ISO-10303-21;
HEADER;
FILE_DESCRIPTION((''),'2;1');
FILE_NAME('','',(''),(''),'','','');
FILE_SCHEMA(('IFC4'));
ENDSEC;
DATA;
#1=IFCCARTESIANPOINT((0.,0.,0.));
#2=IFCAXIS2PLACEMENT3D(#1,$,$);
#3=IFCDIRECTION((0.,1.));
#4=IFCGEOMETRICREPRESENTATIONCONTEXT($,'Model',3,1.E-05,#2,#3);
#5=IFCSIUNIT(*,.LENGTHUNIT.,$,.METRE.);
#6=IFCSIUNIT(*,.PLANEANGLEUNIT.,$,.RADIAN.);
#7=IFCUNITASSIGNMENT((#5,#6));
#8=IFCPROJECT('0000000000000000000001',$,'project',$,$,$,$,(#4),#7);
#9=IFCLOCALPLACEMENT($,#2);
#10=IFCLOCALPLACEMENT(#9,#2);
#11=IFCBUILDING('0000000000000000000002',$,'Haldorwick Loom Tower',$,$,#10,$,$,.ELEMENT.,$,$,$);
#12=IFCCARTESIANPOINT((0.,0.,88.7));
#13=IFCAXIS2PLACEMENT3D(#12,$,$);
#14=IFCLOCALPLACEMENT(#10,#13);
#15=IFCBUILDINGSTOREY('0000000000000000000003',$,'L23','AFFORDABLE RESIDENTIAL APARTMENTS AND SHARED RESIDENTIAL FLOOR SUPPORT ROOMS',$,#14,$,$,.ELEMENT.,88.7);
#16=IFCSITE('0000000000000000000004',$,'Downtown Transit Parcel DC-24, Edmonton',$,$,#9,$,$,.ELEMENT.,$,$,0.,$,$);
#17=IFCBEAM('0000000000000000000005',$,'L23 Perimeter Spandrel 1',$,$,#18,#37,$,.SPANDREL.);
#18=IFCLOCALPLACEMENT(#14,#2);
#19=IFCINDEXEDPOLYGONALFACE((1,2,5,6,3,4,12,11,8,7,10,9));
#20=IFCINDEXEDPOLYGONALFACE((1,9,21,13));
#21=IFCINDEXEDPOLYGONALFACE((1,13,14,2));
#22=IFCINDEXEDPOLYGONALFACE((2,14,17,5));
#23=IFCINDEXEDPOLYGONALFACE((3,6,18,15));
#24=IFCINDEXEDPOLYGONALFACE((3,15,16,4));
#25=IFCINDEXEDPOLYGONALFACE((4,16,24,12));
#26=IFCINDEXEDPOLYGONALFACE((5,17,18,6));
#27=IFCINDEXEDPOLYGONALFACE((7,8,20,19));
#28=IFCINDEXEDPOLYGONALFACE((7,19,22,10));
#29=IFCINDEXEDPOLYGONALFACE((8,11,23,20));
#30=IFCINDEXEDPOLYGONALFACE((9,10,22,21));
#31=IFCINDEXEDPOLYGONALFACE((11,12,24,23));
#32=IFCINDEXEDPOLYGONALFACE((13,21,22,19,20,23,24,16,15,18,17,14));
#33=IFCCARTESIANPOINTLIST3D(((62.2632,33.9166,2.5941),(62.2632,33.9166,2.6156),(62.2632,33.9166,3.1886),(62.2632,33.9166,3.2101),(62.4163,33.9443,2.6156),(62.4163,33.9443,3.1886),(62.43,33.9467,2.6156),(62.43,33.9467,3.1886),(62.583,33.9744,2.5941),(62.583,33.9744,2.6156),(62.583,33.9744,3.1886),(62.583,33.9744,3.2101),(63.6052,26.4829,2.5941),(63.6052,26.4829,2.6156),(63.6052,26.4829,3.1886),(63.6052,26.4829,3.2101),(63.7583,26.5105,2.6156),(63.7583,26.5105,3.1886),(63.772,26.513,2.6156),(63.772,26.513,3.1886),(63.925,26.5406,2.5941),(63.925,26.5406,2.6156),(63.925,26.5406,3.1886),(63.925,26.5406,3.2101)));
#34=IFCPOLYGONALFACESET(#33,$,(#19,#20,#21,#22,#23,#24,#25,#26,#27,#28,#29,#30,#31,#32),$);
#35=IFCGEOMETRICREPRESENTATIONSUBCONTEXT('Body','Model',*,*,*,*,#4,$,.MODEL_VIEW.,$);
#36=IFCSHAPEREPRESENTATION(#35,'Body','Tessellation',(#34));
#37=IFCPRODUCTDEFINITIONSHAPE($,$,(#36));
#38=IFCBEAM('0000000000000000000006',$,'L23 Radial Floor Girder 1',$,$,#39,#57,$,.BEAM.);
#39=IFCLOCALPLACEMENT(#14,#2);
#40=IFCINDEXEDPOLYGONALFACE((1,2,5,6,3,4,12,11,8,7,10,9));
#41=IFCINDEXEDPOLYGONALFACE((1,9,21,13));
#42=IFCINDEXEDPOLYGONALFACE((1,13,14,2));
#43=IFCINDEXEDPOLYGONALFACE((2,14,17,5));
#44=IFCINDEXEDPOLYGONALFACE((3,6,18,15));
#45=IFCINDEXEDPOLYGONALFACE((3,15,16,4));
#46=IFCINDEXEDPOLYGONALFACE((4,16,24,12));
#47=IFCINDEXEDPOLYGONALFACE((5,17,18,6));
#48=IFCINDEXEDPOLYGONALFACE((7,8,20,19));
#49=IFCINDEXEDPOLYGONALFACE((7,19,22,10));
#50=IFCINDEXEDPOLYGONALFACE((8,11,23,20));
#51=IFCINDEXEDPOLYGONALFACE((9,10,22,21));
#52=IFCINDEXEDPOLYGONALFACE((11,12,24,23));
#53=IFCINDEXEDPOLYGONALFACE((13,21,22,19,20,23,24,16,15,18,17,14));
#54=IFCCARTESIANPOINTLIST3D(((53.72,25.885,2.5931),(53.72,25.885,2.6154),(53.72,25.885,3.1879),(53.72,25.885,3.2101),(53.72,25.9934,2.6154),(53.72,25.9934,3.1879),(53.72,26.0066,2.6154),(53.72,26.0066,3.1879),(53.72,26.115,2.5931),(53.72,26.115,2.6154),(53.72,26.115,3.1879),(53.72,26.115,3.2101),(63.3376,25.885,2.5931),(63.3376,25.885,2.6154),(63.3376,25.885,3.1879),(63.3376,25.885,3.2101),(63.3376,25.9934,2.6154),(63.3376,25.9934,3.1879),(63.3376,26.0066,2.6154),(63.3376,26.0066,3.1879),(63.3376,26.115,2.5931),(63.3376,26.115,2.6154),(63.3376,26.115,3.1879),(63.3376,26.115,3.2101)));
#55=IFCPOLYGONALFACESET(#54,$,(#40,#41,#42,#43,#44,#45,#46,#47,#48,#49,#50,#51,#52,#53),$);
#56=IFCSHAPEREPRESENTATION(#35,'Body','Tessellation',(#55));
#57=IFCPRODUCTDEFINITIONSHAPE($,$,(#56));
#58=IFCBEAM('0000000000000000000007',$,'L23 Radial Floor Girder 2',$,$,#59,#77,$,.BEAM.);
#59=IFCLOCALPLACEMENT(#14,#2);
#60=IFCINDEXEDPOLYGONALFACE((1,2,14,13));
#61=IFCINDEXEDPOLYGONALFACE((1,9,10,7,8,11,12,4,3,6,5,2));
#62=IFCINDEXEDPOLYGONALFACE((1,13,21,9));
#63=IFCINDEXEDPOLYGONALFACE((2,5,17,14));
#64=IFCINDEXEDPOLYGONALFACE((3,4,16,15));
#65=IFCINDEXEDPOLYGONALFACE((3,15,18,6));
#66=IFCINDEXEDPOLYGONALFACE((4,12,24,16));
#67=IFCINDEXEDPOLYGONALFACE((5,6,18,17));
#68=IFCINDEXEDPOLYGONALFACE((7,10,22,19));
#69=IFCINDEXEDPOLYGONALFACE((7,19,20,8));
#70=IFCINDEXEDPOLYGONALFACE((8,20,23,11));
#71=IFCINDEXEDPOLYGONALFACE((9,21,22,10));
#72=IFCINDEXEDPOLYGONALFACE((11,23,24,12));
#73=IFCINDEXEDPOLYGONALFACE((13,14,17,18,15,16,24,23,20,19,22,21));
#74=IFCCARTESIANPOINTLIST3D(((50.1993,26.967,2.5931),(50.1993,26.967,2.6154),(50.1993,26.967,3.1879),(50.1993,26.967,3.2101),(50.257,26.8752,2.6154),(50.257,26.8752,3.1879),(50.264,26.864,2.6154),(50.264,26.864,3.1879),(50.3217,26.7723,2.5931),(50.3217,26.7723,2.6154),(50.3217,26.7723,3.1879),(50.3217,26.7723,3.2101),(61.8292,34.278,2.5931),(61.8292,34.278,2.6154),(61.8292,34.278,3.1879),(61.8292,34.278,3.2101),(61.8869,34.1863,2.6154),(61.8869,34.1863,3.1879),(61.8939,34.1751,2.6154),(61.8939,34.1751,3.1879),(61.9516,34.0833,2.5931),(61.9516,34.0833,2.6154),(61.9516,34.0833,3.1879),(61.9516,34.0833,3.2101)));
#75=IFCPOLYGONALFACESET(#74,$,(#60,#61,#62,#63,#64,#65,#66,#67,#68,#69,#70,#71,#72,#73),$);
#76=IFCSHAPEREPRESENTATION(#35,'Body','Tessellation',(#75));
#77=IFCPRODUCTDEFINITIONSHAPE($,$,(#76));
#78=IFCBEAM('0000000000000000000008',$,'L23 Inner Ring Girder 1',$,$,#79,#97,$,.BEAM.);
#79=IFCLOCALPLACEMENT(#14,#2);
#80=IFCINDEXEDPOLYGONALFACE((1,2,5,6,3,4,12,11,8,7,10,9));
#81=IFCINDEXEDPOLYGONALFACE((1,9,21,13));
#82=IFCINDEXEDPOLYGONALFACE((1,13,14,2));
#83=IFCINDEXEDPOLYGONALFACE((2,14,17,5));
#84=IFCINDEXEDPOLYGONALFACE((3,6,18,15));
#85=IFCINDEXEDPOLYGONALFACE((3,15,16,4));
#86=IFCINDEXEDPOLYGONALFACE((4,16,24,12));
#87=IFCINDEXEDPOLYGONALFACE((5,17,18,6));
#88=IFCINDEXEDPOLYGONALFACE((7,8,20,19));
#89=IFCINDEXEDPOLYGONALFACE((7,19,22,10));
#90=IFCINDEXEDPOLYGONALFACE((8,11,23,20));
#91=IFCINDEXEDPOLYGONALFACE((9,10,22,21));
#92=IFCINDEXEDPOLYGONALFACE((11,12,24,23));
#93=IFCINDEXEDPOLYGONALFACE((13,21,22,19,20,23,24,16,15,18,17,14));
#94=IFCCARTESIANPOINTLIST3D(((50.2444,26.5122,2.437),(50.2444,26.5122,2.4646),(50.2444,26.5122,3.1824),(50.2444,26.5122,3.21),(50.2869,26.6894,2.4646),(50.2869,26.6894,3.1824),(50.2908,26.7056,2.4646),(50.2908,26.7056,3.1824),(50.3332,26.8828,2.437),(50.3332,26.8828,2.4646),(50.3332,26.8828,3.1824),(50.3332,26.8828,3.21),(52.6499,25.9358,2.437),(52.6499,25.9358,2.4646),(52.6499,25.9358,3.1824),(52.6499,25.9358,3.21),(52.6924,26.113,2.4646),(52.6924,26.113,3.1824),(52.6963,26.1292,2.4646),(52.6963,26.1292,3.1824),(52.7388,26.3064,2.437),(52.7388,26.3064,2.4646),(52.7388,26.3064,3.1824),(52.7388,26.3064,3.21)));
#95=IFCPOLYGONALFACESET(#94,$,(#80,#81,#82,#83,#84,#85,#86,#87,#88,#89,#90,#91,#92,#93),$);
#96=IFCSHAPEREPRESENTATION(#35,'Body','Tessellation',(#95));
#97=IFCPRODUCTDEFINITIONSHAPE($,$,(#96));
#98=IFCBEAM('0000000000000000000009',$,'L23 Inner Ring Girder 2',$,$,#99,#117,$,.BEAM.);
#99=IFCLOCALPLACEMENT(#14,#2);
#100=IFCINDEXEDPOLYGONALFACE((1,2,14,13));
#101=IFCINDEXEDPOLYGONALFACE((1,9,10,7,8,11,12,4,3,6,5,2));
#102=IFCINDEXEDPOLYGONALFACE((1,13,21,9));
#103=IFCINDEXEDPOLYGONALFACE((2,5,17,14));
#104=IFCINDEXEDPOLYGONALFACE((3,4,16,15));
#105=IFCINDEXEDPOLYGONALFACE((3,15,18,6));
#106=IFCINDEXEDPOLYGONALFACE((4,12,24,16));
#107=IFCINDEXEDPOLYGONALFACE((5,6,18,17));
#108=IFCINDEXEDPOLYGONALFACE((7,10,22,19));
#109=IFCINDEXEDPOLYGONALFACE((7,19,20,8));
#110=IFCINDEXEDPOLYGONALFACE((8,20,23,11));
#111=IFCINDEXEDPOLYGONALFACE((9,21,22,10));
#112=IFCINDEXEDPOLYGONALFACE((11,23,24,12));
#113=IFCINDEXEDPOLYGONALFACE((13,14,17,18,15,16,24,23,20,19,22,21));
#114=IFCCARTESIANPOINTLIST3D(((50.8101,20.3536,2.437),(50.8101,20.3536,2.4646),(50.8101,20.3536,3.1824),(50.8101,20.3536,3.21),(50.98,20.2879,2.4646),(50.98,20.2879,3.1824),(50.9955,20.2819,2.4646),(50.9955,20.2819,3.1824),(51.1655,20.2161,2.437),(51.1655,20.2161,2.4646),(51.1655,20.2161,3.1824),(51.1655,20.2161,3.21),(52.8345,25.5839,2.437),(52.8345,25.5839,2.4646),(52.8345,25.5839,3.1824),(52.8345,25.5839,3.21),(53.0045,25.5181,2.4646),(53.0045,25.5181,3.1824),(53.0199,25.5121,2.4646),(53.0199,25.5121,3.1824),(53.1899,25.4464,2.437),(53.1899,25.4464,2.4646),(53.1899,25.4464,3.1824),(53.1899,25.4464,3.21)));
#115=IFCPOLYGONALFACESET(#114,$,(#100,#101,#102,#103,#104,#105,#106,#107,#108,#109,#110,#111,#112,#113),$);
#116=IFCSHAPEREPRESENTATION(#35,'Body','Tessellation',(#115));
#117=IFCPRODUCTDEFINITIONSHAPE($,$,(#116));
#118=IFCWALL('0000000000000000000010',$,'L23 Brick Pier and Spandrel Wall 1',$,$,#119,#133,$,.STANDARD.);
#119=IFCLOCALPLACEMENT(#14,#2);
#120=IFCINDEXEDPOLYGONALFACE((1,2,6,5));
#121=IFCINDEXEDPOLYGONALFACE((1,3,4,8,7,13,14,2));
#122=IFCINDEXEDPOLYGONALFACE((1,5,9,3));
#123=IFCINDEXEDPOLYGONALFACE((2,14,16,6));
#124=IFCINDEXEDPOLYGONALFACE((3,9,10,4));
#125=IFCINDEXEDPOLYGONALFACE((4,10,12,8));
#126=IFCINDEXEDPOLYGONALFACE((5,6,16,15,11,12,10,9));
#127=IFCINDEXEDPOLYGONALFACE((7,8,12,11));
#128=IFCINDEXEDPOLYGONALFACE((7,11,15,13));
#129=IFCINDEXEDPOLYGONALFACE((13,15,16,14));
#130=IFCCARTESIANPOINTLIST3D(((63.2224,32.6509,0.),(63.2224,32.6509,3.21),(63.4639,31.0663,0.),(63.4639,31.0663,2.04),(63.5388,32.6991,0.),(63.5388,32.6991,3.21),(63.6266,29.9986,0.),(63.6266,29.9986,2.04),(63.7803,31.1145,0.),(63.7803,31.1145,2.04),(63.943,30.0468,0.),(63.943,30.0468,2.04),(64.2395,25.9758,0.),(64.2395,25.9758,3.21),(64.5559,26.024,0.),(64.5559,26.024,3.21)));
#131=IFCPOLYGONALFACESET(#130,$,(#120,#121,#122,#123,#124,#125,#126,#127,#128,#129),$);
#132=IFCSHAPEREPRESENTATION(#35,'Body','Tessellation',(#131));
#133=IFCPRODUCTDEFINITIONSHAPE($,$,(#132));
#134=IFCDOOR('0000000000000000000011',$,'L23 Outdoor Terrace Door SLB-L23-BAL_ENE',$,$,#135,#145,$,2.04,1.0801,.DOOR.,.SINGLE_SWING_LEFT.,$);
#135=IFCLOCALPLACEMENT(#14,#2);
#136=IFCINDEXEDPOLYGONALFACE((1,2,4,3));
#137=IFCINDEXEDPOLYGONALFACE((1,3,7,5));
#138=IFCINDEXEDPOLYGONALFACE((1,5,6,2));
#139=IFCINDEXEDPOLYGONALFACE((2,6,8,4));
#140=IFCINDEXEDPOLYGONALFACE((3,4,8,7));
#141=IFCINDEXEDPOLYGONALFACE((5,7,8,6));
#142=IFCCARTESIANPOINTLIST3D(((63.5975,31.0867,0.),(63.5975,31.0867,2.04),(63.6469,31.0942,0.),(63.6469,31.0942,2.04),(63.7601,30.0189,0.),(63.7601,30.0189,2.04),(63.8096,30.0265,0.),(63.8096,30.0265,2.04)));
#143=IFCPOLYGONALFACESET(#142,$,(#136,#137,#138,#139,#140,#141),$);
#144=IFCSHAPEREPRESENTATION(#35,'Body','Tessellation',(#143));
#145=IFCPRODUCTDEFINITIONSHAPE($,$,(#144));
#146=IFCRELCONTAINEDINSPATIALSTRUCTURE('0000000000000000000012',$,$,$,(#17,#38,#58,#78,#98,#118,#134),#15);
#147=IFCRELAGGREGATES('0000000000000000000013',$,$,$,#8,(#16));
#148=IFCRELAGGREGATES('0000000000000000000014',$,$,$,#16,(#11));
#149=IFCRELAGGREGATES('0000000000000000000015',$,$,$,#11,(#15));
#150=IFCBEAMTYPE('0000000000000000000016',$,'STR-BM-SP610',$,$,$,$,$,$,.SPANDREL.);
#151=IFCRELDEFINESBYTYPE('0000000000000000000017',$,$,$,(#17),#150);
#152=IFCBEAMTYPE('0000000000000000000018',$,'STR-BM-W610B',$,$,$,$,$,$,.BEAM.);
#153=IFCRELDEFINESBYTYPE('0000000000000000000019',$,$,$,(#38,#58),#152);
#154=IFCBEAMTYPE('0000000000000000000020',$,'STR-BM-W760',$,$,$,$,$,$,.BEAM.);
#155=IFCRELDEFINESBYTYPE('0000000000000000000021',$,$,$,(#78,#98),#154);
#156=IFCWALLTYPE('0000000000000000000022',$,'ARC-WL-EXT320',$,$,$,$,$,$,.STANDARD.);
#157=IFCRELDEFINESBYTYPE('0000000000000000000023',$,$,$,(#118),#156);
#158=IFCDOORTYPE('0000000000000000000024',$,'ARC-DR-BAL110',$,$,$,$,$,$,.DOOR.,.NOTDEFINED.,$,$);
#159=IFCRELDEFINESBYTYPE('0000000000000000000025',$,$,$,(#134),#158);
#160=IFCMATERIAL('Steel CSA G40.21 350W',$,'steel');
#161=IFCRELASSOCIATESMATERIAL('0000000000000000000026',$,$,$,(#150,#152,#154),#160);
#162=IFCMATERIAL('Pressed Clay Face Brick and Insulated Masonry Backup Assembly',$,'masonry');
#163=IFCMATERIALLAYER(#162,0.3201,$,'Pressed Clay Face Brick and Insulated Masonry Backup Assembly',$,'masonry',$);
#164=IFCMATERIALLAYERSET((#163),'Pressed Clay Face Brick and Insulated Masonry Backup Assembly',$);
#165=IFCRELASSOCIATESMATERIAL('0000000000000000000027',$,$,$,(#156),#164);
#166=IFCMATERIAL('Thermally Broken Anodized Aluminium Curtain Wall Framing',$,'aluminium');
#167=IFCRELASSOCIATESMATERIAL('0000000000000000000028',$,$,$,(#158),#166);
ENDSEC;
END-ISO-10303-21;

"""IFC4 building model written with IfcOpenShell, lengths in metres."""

from ifc_helpers import new_model, si_unit, direction, frame, frame_2d, origin, origin_2d, place, context, subcontext, project, spatial, rectangle, i_section, extrude, material, layer, layer_set, material_profile, profile_set, type_object, element, fill, save


model = new_model("IFC4")

# Units and contexts
model_context = context("Model", 3, precision=1e-05, world=origin(), true_north=direction((0.0, 1.0)))
body_context = subcontext(model_context, "Body", "Model", "MODEL_VIEW")
ifc_project = project(units=[si_unit("LENGTHUNIT", "METRE"), si_unit("PLANEANGLEUNIT", "RADIAN")], contexts=[model_context])

# Site, building, storey
site_placement = place(None, origin())
site = spatial("IfcSite", under=ifc_project, at=site_placement, Name="Downtown Transit Parcel DC-24, Edmonton", CompositionType="ELEMENT", RefElevation=0.0)
building_placement = place(site_placement, origin())
building = spatial("IfcBuilding", under=site, at=building_placement, Name="Haldorwick Loom Tower", CompositionType="ELEMENT")
storey_placement = place(building_placement, frame((0.0, 0.0, 88.7)))
storey = spatial("IfcBuildingStorey", under=building, at=storey_placement, Name="L23", Description="AFFORDABLE RESIDENTIAL APARTMENTS AND SHARED RESIDENTIAL FLOOR SUPPORT ROOMS", CompositionType="ELEMENT", Elevation=88.7)

# Beams
ifc_material_1 = material(Name="Steel CSA G40.21 350W", Category="steel")
ifc_material_profile_1 = material_profile(ifc_material_1, i_section(OverallWidth=0.325, OverallDepth=0.616, WebThickness=0.0139, FlangeThickness=0.0215, at=origin_2d()), Name="W610X174", Category="steel")
ifc_profile_set_1 = profile_set([ifc_material_profile_1], Name="Steel CSA G40.21 350W")
beam_type_1 = type_object("IfcBeamType", Name="STR-BM-SP610", PredefinedType="SPANDREL", material=ifc_profile_set_1)
beam_1_placement = place(storey_placement, frame((63.7651, 26.5117, 2.9021), z_axis=(-0.177659, 0.984092, 0.0), x_axis=(-0.984092, -0.177659, 0.0)))
element("IfcBeam", 1, at=beam_1_placement, inside=storey, type_object=beam_type_1, Name="L23 Perimeter Spandrel 1", PredefinedType="SPANDREL", context=body_context, shape_type="SweptSolid", body=[
    extrude(i_section(OverallWidth=0.325, OverallDepth=0.616, WebThickness=0.0139, FlangeThickness=0.0215, at=origin_2d()), origin(), (0.0, 0.0, 1.0), 7.554),
])
ifc_material_profile_2 = material_profile(ifc_material_1, i_section(OverallWidth=0.23, OverallDepth=0.6169, WebThickness=0.0132, FlangeThickness=0.0222, at=origin_2d()), Name="W610X140", Category="steel")
ifc_profile_set_2 = profile_set([ifc_material_profile_2], Name="Steel CSA G40.21 350W")
beam_type_2 = type_object("IfcBeamType", Name="STR-BM-W610B", PredefinedType="BEAM", material=ifc_profile_set_2)
beam_2_placement = place(storey_placement, frame((53.72, 26.0, 2.9016), z_axis=(1.0, 0.0, 0.0), x_axis=(0.0, 1.0, 0.0)))
element("IfcBeam", 2, at=beam_2_placement, inside=storey, type_object=beam_type_2, Name="L23 Radial Floor Girder 1", PredefinedType="BEAM", context=body_context, shape_type="SweptSolid", body=[
    extrude(i_section(OverallWidth=0.23, OverallDepth=0.6169, WebThickness=0.0132, FlangeThickness=0.0222, at=origin_2d()), origin(), (0.0, 0.0, 1.0), 9.6177),
])
beam_3_placement = place(storey_placement, frame((50.2605, 26.8696, 2.9016), z_axis=(0.84661, 0.532214, 0.0), x_axis=(-0.532214, 0.84661, 0.0)))
element("IfcBeam", 3, at=beam_3_placement, inside=storey, type_object=beam_type_2, Name="L23 Radial Floor Girder 2", PredefinedType="BEAM", context=body_context, shape_type="SweptSolid", body=[
    extrude(i_section(OverallWidth=0.23, OverallDepth=0.6169, WebThickness=0.0132, FlangeThickness=0.0222, at=origin_2d()), origin(), (0.0, 0.0, 1.0), 13.7371),
])
ifc_material_profile_3 = material_profile(ifc_material_1, i_section(OverallWidth=0.3811, OverallDepth=0.7729, WebThickness=0.0166, FlangeThickness=0.0276, at=origin_2d()), Name="W760X257", Category="steel")
ifc_profile_set_3 = profile_set([ifc_material_profile_3], Name="Steel CSA G40.21 350W")
beam_type_3 = type_object("IfcBeamType", Name="STR-BM-W760", PredefinedType="BEAM", material=ifc_profile_set_3)
beam_4_placement = place(storey_placement, frame((50.2888, 26.6975, 2.8235), z_axis=(0.972471, -0.233026, 0.0), x_axis=(0.233026, 0.972471, 0.0)))
element("IfcBeam", 4, at=beam_4_placement, inside=storey, type_object=beam_type_3, Name="L23 Inner Ring Girder 1", PredefinedType="BEAM", context=body_context, shape_type="SweptSolid", body=[
    extrude(i_section(OverallWidth=0.3811, OverallDepth=0.7729, WebThickness=0.0166, FlangeThickness=0.0276, at=origin_2d()), origin(), (0.0, 0.0, 1.0), 2.4736),
])
beam_5_placement = place(storey_placement, frame((53.0122, 25.5151, 2.8235), z_axis=(-0.360965, -0.932579, 0.0), x_axis=(0.932579, -0.360965, 0.0)))
element("IfcBeam", 5, at=beam_5_placement, inside=storey, type_object=beam_type_3, Name="L23 Inner Ring Girder 2", PredefinedType="BEAM", context=body_context, shape_type="SweptSolid", body=[
    extrude(i_section(OverallWidth=0.3811, OverallDepth=0.7729, WebThickness=0.0166, FlangeThickness=0.0276, at=origin_2d()), origin(), (0.0, 0.0, 1.0), 5.6084),
])

# Wall, opening, door
ifc_material_2 = material(Name="Pressed Clay Face Brick and Insulated Masonry Backup Assembly", Category="masonry")
ifc_layer_1 = layer(ifc_material_2, 0.3201, Name="Pressed Clay Face Brick and Insulated Masonry Backup Assembly", Category="masonry")
ifc_layer_set_1 = layer_set([ifc_layer_1], Name="Pressed Clay Face Brick and Insulated Masonry Backup Assembly")
wall_type_1 = type_object("IfcWallType", Name="ARC-WL-EXT320", PredefinedType="STANDARD", material=ifc_layer_set_1)
wall_1_placement = place(storey_placement, frame((64.3977, 26.0, 0.0), z_axis=(0.0, 0.0, 1.0), x_axis=(-0.150633, 0.98859, 0.0)))
wall_1 = element("IfcWall", 6, at=wall_1_placement, inside=storey, type_object=wall_type_1, Name="L23 Brick Pier and Spandrel Wall 1", PredefinedType="STANDARD", context=body_context, shape_type="SweptSolid", body=[
    extrude(rectangle(XDim=6.7522, YDim=0.3201, at=frame_2d((3.376, 0.0))), origin(), (0.0, 0.0, 1.0), 3.21),
])
opening_1_placement = place(wall_1_placement, frame((4.0691, 0.0, 0.0)))
opening_1 = element("IfcOpeningElement", 7, at=opening_1_placement, cuts=wall_1, PredefinedType="OPENING", context=body_context, shape_type="SweptSolid", body=[
    extrude(rectangle(XDim=1.0801, YDim=2.04, at=frame_2d((0.54, 1.02))), frame((0.0, 0.1699, 0.0), z_axis=(0.0, -1.0, 0.0), x_axis=(1.0, 0.0, 0.0)), (0.0, 0.0, 1.0), 0.3401),
])
ifc_material_3 = material(Name="Thermally Broken Anodized Aluminium Curtain Wall Framing", Category="aluminium")
door_type_1 = type_object("IfcDoorType", Name="ARC-DR-BAL110", OperationType="NOTDEFINED", PredefinedType="DOOR", material=ifc_material_3)
door_1_placement = place(opening_1_placement, origin())
door_1 = element("IfcDoor", 8, at=door_1_placement, inside=storey, type_object=door_type_1, Name="L23 Outdoor Terrace Door SLB-L23-BAL_ENE", OperationType="SINGLE_SWING_LEFT", OverallHeight=2.04, OverallWidth=1.0801, PredefinedType="DOOR", context=body_context, shape_type="SweptSolid", body=[
    extrude(rectangle(XDim=1.0801, YDim=2.04, at=frame_2d((0.54, 1.02))), frame((0.0, 0.0249, 0.0), z_axis=(0.0, -1.0, 0.0), x_axis=(1.0, 0.0, 0.0)), (0.0, 0.0, 1.0), 0.05),
])
fill(opening_1, door_1)

save(model, "model.ifc")
